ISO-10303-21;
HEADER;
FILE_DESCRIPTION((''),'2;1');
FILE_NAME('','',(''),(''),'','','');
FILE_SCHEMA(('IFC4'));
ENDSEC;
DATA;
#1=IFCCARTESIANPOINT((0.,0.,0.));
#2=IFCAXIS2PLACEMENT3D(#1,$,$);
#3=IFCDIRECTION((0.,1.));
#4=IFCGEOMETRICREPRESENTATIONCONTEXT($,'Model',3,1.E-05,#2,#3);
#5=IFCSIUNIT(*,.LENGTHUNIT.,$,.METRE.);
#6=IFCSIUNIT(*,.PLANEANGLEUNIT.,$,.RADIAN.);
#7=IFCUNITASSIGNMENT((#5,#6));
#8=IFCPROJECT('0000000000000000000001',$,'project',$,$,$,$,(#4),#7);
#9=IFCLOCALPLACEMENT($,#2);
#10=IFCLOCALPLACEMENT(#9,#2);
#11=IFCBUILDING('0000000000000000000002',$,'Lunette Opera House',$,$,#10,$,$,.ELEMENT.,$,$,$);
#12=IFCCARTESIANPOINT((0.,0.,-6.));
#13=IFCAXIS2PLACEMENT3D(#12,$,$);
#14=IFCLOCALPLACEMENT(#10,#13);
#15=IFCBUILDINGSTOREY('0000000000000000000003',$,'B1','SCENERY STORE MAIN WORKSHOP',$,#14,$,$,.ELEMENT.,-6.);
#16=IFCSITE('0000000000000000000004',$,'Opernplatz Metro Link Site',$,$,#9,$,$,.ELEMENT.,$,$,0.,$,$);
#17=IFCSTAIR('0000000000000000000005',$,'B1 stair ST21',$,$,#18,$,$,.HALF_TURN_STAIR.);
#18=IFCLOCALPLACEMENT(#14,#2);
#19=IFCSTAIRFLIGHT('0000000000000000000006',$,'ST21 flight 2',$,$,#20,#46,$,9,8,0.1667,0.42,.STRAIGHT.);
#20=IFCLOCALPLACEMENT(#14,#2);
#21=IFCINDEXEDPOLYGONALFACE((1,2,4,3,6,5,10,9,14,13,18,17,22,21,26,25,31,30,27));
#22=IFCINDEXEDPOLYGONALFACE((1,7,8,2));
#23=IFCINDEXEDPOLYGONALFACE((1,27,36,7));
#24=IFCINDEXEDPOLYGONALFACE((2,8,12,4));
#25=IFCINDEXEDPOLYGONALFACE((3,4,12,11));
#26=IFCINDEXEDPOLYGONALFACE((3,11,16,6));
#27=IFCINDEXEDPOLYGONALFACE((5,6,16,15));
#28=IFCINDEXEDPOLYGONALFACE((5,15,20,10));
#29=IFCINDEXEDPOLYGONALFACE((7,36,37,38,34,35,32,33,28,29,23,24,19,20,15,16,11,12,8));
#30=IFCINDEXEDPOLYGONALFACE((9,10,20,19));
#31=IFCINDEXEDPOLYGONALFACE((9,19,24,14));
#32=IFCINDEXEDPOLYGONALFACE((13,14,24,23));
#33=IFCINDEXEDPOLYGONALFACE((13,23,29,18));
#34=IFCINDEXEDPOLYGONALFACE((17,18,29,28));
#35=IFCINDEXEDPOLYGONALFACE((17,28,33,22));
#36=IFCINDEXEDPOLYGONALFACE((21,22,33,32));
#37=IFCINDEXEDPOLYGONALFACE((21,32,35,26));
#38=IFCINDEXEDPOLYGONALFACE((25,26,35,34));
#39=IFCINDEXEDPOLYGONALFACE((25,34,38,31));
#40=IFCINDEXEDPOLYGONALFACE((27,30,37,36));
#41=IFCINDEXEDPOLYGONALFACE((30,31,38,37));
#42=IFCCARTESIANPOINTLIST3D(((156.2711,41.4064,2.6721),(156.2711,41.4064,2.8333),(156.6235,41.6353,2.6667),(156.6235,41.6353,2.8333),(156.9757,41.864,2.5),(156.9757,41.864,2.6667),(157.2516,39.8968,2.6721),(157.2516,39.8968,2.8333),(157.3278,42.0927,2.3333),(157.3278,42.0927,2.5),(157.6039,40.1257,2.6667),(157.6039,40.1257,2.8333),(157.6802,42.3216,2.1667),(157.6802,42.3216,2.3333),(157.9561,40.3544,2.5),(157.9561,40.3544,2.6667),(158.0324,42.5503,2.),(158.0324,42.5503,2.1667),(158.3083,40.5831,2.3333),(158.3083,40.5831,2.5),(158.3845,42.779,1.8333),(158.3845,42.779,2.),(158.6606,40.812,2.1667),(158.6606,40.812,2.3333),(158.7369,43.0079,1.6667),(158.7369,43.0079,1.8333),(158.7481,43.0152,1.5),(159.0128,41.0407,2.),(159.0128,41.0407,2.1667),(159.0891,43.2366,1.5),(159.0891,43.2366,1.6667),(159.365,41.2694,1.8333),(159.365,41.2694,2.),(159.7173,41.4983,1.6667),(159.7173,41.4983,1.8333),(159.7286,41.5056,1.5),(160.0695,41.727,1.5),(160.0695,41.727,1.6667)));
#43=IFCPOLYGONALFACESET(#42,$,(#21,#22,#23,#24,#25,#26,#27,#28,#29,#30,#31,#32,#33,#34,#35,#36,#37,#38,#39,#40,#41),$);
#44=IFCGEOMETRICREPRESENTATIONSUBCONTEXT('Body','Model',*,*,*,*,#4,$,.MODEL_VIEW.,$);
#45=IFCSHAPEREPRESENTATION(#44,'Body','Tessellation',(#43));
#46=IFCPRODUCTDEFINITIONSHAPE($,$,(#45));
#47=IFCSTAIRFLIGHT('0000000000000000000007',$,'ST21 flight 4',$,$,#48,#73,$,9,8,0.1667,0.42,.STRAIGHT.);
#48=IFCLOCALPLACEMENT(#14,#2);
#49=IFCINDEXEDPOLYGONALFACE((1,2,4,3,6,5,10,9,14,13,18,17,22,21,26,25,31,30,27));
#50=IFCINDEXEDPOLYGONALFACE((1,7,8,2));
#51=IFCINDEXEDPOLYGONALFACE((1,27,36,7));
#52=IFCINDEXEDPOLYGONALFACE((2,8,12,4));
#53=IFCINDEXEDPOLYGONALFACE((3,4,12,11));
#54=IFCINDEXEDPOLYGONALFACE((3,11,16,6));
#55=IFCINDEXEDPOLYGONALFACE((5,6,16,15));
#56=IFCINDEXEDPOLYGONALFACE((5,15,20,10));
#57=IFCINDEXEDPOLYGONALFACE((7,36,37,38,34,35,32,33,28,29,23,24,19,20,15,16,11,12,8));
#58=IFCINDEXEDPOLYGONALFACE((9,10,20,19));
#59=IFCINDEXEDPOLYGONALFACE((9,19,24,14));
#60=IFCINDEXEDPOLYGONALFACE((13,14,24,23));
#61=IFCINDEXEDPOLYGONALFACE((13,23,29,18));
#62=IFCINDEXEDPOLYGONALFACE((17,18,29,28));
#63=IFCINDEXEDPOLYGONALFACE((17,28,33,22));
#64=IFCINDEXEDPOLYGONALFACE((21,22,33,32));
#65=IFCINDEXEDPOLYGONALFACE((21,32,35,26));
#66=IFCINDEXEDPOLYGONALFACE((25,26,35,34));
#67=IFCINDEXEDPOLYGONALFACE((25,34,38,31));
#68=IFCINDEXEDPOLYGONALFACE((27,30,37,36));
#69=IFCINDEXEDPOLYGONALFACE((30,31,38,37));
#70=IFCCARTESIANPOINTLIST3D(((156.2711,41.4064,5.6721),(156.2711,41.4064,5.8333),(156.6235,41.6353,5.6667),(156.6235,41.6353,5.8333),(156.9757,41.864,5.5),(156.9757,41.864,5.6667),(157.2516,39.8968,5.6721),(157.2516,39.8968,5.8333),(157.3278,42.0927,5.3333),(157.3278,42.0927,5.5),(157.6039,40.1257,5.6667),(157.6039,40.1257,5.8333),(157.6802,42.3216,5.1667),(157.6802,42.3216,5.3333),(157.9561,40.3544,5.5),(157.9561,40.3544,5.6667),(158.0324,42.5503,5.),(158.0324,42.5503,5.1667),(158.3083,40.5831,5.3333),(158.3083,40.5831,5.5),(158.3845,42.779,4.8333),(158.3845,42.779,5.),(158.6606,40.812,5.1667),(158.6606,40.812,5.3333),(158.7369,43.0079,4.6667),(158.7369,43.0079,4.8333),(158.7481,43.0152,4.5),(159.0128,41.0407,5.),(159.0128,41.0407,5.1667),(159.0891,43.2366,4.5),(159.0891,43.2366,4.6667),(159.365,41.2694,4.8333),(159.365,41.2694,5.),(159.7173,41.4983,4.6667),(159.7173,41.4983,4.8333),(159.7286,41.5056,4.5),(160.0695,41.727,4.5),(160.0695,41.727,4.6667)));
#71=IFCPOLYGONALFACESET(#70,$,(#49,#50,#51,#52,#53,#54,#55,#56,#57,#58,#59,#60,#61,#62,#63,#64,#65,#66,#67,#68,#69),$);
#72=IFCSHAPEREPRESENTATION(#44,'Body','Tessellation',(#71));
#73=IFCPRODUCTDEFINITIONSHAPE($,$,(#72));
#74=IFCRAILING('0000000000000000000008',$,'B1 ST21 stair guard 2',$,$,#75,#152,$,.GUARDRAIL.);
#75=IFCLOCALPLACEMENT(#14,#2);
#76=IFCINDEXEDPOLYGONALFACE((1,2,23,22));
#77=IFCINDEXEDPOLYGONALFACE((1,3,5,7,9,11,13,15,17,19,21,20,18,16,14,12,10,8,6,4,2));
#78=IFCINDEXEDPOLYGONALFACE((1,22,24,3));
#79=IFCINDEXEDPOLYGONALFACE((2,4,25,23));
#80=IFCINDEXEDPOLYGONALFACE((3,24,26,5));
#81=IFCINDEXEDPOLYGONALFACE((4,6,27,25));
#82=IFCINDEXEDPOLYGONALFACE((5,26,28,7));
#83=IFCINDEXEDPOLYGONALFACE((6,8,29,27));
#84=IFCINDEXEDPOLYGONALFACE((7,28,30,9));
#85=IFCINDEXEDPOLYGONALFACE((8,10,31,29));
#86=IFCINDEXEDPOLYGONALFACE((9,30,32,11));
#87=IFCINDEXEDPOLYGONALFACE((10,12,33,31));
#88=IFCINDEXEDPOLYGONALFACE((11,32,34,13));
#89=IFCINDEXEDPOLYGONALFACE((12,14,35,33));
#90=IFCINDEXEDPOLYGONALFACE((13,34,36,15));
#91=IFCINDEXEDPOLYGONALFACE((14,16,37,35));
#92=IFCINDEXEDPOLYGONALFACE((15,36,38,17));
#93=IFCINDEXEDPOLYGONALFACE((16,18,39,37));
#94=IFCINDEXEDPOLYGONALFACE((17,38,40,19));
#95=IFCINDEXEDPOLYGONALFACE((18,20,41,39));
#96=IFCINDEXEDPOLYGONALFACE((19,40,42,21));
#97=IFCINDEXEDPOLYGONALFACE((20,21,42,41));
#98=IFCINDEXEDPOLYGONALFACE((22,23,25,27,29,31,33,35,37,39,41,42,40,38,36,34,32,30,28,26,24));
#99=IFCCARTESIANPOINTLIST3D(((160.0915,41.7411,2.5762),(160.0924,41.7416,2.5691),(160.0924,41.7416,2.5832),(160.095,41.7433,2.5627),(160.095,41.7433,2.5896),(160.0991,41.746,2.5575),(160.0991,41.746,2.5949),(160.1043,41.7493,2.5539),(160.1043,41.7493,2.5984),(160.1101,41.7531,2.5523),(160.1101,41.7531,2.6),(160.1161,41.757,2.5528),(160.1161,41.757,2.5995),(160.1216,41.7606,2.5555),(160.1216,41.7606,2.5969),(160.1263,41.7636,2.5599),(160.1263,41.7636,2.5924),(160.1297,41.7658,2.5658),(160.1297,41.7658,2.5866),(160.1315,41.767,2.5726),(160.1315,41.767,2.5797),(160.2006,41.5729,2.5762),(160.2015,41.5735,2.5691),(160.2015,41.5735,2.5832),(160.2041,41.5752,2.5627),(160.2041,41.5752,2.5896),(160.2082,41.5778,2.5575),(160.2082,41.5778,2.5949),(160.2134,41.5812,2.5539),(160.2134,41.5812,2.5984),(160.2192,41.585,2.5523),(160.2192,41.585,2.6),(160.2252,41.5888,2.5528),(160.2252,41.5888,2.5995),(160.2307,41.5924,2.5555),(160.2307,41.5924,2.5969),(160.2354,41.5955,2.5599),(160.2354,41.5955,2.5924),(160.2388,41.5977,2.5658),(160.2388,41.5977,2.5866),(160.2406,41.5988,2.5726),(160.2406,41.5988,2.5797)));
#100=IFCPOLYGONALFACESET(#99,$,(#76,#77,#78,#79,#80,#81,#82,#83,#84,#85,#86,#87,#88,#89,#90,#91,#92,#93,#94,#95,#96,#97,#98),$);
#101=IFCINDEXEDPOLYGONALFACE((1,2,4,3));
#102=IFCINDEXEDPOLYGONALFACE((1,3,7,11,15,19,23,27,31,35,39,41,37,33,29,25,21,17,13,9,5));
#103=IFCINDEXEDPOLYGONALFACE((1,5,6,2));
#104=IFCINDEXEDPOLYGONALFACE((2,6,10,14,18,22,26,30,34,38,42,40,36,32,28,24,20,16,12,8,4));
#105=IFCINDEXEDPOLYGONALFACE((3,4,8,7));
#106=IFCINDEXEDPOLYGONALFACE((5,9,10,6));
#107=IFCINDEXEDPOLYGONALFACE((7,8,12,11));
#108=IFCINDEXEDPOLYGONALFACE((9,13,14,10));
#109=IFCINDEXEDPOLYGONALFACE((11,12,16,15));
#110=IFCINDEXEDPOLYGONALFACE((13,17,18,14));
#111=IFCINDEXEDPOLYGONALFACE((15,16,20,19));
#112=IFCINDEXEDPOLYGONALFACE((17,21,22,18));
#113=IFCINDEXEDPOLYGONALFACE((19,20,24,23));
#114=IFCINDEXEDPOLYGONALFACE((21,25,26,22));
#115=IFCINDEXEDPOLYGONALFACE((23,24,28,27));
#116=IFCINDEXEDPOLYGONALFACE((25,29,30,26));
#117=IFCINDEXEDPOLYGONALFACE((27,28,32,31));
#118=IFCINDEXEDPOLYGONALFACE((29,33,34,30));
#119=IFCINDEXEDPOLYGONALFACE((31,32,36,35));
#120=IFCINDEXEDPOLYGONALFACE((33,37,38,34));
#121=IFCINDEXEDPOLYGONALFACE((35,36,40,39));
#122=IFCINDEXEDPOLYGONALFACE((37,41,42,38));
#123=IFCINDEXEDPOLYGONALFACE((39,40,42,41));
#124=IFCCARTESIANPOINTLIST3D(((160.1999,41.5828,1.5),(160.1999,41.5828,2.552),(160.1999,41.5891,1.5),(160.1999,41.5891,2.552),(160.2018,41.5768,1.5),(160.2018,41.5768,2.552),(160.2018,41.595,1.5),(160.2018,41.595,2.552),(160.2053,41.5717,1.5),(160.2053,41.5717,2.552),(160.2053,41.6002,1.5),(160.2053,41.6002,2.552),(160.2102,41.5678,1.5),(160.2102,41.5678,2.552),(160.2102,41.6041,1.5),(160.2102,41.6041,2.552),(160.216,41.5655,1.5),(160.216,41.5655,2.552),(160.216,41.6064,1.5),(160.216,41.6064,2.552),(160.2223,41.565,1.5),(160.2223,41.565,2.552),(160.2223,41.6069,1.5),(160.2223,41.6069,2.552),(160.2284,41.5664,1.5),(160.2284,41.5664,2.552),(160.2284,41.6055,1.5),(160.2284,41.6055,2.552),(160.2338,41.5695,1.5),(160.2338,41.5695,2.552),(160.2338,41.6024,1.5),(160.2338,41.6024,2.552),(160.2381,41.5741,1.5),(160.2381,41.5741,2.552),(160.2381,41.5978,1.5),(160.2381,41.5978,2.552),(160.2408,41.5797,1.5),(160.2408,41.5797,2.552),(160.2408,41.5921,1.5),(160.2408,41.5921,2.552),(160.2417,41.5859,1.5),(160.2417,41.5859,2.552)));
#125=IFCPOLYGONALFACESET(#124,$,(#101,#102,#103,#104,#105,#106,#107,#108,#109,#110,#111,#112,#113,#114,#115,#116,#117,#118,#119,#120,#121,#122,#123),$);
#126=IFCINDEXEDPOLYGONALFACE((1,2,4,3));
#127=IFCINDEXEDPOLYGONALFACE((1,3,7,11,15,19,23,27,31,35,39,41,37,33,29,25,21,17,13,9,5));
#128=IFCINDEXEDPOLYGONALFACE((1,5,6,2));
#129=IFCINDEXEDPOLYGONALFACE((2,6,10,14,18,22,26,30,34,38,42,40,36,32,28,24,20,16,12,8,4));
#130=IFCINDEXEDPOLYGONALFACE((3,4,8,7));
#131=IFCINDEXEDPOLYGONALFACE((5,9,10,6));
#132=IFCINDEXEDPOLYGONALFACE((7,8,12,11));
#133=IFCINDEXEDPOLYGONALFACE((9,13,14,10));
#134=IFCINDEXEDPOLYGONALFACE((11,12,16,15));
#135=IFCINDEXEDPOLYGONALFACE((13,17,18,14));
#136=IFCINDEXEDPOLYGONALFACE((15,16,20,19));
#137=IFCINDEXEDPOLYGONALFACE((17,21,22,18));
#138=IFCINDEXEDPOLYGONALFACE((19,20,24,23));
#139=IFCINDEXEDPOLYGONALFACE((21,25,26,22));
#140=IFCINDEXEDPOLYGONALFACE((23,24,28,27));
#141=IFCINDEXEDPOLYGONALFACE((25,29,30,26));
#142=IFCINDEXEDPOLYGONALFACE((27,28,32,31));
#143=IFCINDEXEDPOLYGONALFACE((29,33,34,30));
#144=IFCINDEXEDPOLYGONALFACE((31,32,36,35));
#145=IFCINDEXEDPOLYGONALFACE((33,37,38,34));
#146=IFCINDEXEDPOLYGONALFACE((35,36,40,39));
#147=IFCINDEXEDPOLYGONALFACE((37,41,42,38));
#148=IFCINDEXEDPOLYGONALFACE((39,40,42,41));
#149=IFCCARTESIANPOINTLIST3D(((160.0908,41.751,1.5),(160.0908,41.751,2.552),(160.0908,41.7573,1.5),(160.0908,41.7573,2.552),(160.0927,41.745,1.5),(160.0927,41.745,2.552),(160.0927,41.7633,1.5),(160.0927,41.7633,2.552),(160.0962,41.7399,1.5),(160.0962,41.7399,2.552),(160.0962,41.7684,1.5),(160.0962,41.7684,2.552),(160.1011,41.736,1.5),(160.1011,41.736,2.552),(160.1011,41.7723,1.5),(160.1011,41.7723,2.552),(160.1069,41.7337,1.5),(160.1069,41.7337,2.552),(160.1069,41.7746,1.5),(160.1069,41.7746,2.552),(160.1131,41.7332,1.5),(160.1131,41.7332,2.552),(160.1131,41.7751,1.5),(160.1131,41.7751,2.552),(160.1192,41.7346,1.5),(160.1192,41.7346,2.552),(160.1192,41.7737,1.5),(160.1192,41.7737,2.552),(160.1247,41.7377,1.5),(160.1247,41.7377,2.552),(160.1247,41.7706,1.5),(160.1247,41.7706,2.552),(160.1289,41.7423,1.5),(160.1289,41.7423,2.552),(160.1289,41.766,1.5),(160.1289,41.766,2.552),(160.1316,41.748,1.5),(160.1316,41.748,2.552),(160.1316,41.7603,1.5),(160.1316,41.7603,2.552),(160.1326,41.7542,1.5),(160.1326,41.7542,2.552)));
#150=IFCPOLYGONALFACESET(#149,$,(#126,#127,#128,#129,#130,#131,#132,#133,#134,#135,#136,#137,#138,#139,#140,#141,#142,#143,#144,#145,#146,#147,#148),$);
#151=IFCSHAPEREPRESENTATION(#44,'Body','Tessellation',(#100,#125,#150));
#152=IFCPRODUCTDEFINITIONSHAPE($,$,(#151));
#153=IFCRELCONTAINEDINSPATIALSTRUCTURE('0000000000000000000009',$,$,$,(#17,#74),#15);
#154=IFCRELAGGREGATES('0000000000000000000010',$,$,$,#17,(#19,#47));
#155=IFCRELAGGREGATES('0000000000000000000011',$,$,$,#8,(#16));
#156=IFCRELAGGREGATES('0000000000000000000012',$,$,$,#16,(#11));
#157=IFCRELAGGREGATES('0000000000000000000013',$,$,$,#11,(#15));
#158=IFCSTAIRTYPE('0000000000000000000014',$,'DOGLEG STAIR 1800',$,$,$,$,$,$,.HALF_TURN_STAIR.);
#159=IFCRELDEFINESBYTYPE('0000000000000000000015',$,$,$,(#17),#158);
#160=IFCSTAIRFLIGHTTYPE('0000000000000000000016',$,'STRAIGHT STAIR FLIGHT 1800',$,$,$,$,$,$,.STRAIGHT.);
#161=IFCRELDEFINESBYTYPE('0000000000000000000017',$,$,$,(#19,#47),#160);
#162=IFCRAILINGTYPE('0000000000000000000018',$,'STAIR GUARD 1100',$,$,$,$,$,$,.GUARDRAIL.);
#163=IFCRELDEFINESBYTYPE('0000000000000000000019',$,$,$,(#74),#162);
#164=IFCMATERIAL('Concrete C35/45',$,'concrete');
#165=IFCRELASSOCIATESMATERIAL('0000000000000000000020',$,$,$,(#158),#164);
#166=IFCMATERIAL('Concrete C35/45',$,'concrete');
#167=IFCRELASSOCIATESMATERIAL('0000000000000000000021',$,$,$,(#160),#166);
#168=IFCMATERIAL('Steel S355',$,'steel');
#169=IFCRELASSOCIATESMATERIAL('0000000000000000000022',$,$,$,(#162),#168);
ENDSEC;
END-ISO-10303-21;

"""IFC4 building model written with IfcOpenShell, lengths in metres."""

from ifc_helpers import new_model, si_unit, direction, frame, origin, origin_2d, place, context, subcontext, project, spatial, polyline, circle, outline, extrude, material, type_object, element, aggregate, save


model = new_model("IFC4")

# Units and contexts
model_context = context("Model", 3, precision=1e-05, world=origin(), true_north=direction((0.0, 1.0)))
body_context = subcontext(model_context, "Body", "Model", "MODEL_VIEW")
ifc_project = project(units=[si_unit("LENGTHUNIT", "METRE"), si_unit("PLANEANGLEUNIT", "RADIAN")], contexts=[model_context])

# Site, building, storey
site_placement = place(None, origin())
site = spatial("IfcSite", under=ifc_project, at=site_placement, Name="Opernplatz Metro Link Site", CompositionType="ELEMENT", RefElevation=0.0)
building_placement = place(site_placement, origin())
building = spatial("IfcBuilding", under=site, at=building_placement, Name="Lunette Opera House", CompositionType="ELEMENT")
storey_placement = place(building_placement, frame((0.0, 0.0, -6.0)))
storey = spatial("IfcBuildingStorey", under=building, at=storey_placement, Name="B1", Description="SCENERY STORE MAIN WORKSHOP", CompositionType="ELEMENT", Elevation=-6.0)

# Stair, stair flights
ifc_material_1 = material(Name="Concrete C35/45", Category="concrete")
stair_type = type_object("IfcStairType", Name="DOGLEG STAIR 1800", PredefinedType="HALF_TURN_STAIR", material=ifc_material_1)
stair_placement = place(storey_placement, origin())
stair = element("IfcStair", 1, at=stair_placement, inside=storey, type_object=stair_type, Name="B1 stair ST21", PredefinedType="HALF_TURN_STAIR")
ifc_material_2 = material(Name="Concrete C35/45", Category="concrete")
stair_flight_type = type_object("IfcStairFlightType", Name="STRAIGHT STAIR FLIGHT 1800", PredefinedType="STRAIGHT", material=ifc_material_2)
stair_flight_1_placement = place(storey_placement, frame((159.5793, 42.4817, 1.5), z_axis=(0.0, 0.0, 1.0), x_axis=(-0.838643, -0.544681, 0.0)))
stair_flight_1 = element("IfcStairFlight", 2, at=stair_flight_1_placement, type_object=stair_flight_type, Name="ST21 flight 2", NumberOfRisers=9, NumberOfTreads=8, PredefinedType="STRAIGHT", RiserHeight=0.1667, TreadLength=0.42, context=body_context, shape_type="SweptSolid", body=[
    extrude(outline(polyline([(0.0, 0.0), (0.0, 0.1667), (0.4199, 0.1667), (0.4199, 0.3333), (0.8401, 0.3333), (0.8401, 0.5), (1.26, 0.5), (1.26, 0.6667), (1.6799, 0.6667), (1.6799, 0.8333), (2.1001, 0.8333), (2.1001, 1.0), (2.52, 1.0), (2.52, 1.1667), (2.9399, 1.1667), (2.9399, 1.3333), (3.3601, 1.3333), (3.3601, 1.5), (3.3601, 1.1721), (0.4065, 0.0), (0.0, 0.0)])), frame((0.0, 0.8999, 0.0), z_axis=(0.0, -1.0, 0.0), x_axis=(1.0, 0.0, 0.0)), (0.0, 0.0, 1.0), 1.8),
])
stair_flight_2_placement = place(storey_placement, frame((159.5793, 42.4817, 4.5), z_axis=(0.0, 0.0, 1.0), x_axis=(-0.838643, -0.544681, 0.0)))
stair_flight_2 = element("IfcStairFlight", 3, at=stair_flight_2_placement, type_object=stair_flight_type, Name="ST21 flight 4", NumberOfRisers=9, NumberOfTreads=8, PredefinedType="STRAIGHT", RiserHeight=0.1667, TreadLength=0.42, context=body_context, shape_type="SweptSolid", body=[
    extrude(outline(polyline([(0.0, 0.0), (0.0, 0.1667), (0.4199, 0.1667), (0.4199, 0.3333), (0.8401, 0.3333), (0.8401, 0.5), (1.26, 0.5), (1.26, 0.6667), (1.6799, 0.6667), (1.6799, 0.8333), (2.1001, 0.8333), (2.1001, 1.0), (2.52, 1.0), (2.52, 1.1667), (2.9399, 1.1667), (2.9399, 1.3333), (3.3601, 1.3333), (3.3601, 1.5), (3.3601, 1.1721), (0.4065, 0.0), (0.0, 0.0)])), frame((0.0, 0.8999, 0.0), z_axis=(0.0, -1.0, 0.0), x_axis=(1.0, 0.0, 0.0)), (0.0, 0.0, 1.0), 1.8),
])
aggregate(stair, [stair_flight_1, stair_flight_2])

# Railing
ifc_material_3 = material(Name="Steel S355", Category="steel")
railing_type_1 = type_object("IfcRailingType", Name="STAIR GUARD 1100", PredefinedType="GUARDRAIL", material=ifc_material_3)
railing_1_placement = place(storey_placement, frame((160.2207, 41.5859, 1.5)))
element("IfcRailing", 4, at=railing_1_placement, inside=storey, type_object=railing_type_1, Name="B1 ST21 stair guard 2", PredefinedType="GUARDRAIL", context=body_context, shape_type="SweptSolid", body=[
    extrude(circle(Radius=0.0239, at=origin_2d()), frame((0.0, 0.0, 1.0762), z_axis=(-0.544261, 0.838916, 0.0), x_axis=(-0.838916, -0.544261, 0.0)), (0.0, 0.0, 1.0), 0.2004),
    extrude(circle(Radius=0.021, at=origin_2d()), origin(), (0.0, 0.0, 1.0), 1.052),
    extrude(circle(Radius=0.021, at=origin_2d()), frame((-0.1091, 0.1682, 0.0)), (0.0, 0.0, 1.0), 1.052),
])

save(model, "model.ifc")
